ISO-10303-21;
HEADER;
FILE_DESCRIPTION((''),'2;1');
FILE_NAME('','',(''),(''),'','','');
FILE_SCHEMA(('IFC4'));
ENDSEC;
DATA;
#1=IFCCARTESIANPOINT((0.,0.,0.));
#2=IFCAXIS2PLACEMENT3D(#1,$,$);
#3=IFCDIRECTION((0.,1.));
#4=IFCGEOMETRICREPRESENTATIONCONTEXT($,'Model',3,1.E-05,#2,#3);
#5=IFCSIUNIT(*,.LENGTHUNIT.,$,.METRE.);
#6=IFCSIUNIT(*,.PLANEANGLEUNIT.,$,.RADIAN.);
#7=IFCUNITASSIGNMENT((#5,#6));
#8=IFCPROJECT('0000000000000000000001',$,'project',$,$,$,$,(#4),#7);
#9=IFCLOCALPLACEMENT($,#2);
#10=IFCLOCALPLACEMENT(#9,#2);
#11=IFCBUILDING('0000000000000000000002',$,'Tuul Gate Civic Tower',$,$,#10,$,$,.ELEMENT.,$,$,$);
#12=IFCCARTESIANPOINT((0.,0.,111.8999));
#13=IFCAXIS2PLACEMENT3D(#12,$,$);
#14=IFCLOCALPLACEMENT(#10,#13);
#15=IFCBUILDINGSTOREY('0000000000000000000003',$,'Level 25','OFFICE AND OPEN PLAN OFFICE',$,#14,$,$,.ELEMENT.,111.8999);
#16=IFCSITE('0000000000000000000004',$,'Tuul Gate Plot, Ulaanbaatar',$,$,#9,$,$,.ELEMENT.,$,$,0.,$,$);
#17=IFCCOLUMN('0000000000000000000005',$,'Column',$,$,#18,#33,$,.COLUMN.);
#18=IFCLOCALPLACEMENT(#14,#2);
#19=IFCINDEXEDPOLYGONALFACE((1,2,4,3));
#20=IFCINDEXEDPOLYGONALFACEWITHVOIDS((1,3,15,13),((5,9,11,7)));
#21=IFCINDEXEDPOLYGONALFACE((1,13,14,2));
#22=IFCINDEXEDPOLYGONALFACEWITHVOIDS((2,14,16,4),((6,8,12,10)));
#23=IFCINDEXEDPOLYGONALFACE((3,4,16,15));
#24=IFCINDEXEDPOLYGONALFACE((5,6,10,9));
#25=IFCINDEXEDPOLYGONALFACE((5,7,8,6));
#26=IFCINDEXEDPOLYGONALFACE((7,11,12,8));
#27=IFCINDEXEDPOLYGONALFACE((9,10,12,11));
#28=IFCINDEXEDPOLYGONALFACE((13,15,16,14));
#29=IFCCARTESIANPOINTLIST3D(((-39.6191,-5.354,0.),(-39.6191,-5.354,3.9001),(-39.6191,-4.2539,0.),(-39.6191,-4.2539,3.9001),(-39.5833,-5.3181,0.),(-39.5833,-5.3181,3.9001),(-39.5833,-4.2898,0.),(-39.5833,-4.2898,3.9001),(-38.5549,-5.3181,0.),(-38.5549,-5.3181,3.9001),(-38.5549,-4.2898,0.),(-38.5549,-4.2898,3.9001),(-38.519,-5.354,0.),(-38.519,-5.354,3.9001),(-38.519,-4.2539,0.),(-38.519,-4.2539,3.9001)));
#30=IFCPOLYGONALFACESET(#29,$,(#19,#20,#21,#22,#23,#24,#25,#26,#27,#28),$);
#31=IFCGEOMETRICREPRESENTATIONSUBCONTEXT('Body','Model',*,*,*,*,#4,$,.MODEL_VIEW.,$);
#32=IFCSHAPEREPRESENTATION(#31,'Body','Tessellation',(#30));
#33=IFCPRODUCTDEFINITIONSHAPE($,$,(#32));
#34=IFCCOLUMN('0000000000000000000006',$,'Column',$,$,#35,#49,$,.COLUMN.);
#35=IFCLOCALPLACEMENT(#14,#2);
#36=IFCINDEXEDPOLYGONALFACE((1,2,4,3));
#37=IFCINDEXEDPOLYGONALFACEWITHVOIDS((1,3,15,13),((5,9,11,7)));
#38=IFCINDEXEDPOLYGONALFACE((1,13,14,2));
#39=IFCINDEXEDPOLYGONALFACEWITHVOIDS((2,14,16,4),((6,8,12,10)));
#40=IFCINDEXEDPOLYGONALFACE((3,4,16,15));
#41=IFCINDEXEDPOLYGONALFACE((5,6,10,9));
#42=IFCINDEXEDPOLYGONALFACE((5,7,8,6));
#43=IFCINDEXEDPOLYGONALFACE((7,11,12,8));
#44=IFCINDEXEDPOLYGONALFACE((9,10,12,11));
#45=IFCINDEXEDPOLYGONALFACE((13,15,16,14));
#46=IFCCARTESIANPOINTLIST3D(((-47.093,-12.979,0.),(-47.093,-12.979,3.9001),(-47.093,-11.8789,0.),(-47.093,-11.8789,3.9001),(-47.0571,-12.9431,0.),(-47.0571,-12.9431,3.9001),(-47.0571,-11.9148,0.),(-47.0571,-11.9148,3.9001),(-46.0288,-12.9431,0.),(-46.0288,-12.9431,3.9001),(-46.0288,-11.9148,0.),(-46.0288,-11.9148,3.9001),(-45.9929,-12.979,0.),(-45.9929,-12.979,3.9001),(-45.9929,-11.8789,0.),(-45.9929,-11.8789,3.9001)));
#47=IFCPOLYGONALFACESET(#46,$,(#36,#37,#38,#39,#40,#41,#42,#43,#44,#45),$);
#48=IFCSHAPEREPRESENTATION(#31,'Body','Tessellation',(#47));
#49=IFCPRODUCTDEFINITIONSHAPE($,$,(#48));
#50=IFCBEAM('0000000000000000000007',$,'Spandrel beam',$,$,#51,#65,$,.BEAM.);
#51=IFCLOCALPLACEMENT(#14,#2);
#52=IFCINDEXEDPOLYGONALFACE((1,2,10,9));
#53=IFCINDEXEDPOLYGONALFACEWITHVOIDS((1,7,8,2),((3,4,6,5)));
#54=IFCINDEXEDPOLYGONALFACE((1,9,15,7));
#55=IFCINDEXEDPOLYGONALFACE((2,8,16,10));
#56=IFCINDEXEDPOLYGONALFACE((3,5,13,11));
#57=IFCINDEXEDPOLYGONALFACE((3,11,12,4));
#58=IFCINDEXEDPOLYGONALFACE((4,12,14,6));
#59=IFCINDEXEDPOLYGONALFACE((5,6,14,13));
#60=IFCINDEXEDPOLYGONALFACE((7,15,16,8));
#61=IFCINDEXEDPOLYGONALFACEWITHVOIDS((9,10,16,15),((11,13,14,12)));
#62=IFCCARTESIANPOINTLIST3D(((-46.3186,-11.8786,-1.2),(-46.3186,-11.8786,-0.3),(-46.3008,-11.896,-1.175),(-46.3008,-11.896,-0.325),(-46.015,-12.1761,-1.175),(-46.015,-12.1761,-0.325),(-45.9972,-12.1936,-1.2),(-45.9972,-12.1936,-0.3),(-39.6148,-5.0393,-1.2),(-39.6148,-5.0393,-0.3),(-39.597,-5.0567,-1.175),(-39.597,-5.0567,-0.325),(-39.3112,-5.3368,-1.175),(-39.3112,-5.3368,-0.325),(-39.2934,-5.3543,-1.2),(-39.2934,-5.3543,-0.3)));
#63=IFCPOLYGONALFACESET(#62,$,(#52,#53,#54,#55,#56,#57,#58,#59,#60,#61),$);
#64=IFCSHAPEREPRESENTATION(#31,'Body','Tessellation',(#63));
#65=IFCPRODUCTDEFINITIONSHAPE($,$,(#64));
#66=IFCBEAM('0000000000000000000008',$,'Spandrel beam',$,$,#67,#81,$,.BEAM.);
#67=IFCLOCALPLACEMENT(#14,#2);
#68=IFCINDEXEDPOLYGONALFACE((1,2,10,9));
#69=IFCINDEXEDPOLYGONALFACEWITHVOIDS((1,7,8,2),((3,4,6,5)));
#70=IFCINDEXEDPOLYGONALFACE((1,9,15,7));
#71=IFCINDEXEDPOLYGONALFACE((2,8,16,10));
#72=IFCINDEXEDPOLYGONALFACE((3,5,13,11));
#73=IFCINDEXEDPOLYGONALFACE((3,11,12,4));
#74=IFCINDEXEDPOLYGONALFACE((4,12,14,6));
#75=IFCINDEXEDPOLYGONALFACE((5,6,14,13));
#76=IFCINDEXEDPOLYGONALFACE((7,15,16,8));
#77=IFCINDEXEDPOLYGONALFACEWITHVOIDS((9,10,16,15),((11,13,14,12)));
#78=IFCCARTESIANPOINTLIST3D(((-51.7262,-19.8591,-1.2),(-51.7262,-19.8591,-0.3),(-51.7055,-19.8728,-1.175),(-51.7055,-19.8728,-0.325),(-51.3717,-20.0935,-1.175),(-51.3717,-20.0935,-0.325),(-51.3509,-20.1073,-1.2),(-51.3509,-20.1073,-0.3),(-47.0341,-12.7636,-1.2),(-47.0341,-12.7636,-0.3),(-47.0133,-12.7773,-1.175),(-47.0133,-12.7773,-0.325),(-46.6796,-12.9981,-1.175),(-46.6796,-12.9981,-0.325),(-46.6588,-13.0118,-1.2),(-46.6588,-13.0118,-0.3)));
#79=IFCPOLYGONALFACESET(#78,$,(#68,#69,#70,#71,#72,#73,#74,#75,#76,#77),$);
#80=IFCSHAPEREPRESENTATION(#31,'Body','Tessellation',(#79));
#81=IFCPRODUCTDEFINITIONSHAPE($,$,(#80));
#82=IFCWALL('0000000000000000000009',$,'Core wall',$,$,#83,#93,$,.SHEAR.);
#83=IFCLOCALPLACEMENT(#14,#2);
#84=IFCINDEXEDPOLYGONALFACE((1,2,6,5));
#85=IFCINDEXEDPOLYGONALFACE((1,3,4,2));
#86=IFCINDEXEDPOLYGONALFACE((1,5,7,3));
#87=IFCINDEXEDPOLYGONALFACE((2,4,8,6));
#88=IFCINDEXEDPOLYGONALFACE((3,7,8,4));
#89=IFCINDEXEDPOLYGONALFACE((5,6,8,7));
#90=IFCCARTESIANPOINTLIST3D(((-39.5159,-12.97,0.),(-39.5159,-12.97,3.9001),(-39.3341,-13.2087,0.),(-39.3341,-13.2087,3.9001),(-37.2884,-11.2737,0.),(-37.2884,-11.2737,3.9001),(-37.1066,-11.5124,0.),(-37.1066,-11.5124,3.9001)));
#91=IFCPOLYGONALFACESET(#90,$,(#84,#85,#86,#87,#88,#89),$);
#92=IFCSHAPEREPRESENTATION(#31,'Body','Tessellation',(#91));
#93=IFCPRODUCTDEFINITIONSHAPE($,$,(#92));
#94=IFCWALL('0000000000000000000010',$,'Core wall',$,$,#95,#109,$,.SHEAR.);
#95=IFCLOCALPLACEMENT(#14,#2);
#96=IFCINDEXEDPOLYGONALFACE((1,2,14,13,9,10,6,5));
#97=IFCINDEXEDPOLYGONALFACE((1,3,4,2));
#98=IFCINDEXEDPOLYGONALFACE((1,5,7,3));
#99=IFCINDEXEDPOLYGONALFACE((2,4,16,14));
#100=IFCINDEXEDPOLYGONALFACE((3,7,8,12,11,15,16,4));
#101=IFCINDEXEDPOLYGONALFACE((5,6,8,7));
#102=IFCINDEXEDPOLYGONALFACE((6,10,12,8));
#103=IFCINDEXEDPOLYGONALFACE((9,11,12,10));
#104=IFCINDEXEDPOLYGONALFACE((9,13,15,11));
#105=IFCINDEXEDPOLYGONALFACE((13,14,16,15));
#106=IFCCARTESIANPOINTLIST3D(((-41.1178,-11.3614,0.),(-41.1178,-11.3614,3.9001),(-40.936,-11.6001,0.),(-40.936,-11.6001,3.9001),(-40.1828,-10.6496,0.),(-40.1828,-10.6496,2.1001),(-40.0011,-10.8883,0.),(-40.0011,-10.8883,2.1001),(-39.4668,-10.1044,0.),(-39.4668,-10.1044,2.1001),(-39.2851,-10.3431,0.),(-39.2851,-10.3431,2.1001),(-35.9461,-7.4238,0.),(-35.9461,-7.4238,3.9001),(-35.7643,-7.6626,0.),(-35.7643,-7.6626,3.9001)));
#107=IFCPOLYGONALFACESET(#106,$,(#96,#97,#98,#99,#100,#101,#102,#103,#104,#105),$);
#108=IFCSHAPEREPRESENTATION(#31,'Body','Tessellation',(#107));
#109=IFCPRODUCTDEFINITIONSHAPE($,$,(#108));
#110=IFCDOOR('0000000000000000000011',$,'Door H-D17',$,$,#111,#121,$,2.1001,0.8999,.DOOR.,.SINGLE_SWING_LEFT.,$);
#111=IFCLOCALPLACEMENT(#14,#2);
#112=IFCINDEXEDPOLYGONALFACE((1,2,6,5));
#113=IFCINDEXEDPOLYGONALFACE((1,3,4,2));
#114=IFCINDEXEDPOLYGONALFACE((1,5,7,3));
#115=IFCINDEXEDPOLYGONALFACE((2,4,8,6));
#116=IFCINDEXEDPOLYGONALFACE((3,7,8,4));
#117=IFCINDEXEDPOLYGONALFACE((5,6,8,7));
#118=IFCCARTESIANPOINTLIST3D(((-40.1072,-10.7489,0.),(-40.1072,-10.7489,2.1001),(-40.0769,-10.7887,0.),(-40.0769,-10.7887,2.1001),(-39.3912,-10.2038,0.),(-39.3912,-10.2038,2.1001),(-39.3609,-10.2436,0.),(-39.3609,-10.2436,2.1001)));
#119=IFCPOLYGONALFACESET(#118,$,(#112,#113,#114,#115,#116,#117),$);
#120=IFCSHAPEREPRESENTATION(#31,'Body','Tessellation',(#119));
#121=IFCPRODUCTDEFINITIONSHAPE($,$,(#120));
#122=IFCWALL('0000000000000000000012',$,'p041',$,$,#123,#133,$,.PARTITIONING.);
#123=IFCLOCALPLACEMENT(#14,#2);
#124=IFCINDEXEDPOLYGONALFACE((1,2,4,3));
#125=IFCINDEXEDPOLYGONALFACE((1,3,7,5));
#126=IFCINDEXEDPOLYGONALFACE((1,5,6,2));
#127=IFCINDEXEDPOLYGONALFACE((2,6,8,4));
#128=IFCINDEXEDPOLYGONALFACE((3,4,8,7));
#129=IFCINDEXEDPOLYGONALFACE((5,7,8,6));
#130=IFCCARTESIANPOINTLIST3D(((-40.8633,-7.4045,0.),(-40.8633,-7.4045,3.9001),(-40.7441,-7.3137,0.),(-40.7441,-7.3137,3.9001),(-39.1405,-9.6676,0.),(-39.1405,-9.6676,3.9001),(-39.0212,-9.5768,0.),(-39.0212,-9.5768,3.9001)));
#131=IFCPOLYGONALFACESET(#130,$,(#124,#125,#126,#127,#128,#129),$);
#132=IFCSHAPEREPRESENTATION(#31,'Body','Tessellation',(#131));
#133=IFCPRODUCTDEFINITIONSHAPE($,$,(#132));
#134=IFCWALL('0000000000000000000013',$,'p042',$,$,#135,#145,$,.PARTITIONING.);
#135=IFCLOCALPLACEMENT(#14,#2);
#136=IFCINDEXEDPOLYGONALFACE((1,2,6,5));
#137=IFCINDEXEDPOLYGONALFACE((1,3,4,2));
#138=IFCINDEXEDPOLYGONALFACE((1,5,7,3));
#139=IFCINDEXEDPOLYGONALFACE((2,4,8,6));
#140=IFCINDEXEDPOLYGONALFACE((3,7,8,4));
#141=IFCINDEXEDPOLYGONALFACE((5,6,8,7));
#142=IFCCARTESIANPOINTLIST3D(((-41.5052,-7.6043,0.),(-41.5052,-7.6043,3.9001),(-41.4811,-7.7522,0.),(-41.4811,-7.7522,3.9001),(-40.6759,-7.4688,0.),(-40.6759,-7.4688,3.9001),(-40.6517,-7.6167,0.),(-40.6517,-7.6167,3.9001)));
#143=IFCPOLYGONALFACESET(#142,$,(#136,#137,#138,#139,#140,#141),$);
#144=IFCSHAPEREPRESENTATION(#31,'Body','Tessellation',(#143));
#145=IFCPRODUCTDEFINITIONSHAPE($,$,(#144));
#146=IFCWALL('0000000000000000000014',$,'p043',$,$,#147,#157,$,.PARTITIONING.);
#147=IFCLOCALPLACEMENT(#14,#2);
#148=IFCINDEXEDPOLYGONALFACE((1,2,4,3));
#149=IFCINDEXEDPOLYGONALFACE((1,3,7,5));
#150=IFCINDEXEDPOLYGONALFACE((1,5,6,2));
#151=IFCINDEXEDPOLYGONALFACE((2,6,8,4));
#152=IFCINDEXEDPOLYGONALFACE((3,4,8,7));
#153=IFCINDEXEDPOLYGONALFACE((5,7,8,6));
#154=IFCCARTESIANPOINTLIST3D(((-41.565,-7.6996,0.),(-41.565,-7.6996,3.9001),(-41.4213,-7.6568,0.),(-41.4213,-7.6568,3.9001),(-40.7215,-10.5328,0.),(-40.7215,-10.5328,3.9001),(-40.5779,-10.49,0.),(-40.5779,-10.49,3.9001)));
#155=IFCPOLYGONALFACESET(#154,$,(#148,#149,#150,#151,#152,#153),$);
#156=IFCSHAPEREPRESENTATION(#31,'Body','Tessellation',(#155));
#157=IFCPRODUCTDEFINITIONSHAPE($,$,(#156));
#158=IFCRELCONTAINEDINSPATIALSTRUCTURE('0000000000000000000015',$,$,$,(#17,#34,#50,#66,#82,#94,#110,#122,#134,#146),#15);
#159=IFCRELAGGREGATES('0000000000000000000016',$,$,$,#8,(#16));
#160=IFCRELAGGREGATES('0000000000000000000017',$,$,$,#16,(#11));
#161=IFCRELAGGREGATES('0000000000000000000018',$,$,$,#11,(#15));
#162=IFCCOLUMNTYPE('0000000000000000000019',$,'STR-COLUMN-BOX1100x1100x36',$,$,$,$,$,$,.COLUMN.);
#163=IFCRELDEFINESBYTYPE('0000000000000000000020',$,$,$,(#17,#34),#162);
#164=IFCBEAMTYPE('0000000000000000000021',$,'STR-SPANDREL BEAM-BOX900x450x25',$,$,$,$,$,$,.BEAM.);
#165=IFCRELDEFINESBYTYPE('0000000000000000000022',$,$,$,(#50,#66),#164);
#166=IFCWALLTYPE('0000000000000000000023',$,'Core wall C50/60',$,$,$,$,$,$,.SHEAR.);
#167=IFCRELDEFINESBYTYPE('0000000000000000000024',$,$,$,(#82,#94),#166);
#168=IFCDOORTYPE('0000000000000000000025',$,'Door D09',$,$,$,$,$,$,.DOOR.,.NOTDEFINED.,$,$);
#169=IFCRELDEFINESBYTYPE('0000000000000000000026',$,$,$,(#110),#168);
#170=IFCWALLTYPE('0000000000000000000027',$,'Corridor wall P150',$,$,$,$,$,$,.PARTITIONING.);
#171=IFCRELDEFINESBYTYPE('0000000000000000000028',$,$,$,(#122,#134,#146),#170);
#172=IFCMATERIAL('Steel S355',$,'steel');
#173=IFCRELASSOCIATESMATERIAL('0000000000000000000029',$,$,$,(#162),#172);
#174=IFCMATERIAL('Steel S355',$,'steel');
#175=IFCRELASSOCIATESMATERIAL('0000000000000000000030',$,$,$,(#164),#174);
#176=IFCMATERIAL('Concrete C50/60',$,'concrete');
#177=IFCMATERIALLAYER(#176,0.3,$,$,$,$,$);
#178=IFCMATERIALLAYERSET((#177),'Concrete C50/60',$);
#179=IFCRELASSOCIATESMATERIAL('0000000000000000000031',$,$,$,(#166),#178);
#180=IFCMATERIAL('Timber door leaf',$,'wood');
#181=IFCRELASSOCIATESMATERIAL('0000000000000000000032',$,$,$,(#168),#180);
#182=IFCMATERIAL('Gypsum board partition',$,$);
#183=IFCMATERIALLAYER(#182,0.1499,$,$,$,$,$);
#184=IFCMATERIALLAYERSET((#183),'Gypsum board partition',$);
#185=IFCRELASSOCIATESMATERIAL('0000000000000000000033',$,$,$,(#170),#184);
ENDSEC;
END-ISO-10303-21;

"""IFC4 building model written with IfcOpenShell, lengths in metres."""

from ifc_helpers import new_model, si_unit, direction, frame, frame_2d, origin, origin_2d, place, context, subcontext, project, spatial, rectangle, hollow_rectangle, extrude, material, layer, layer_set, material_profile, profile_set, type_object, element, fill, save


model = new_model("IFC4")

# Units and contexts
model_context = context("Model", 3, precision=1e-05, world=origin(), true_north=direction((0.0, 1.0)))
body_context = subcontext(model_context, "Body", "Model", "MODEL_VIEW")
ifc_project = project(units=[si_unit("LENGTHUNIT", "METRE"), si_unit("PLANEANGLEUNIT", "RADIAN")], contexts=[model_context])

# Site, building, storey
site_placement = place(None, origin())
site = spatial("IfcSite", under=ifc_project, at=site_placement, Name="Tuul Gate Plot, Ulaanbaatar", CompositionType="ELEMENT", RefElevation=0.0)
building_placement = place(site_placement, origin())
building = spatial("IfcBuilding", under=site, at=building_placement, Name="Tuul Gate Civic Tower", CompositionType="ELEMENT")
storey_placement = place(building_placement, frame((0.0, 0.0, 111.8999)))
storey = spatial("IfcBuildingStorey", under=building, at=storey_placement, Name="Level 25", Description="OFFICE AND OPEN PLAN OFFICE", CompositionType="ELEMENT", Elevation=111.8999)

# Columns
ifc_material_1 = material(Name="Steel S355", Category="steel")
ifc_material_profile_1 = material_profile(ifc_material_1, hollow_rectangle(XDim=1.1001, YDim=1.1001, WallThickness=0.0359, at=origin_2d()), Name="BOX1100x1100x36")
ifc_profile_set_1 = profile_set([ifc_material_profile_1], Name="Steel S355")
column_type = type_object("IfcColumnType", Name="STR-COLUMN-BOX1100x1100x36", PredefinedType="COLUMN", material=ifc_profile_set_1)
for number, where, z_axis, x_axis, name in (
    (1, (-39.0691, -4.804, 0.0), (0.0, 0.0, 1.0), (1.0, 0.0, 0.0), "Column"),
    (2, (-46.543, -12.429, 0.0), (0.0, 0.0, 1.0), (1.0, 0.0, 0.0), "Column"),
):
    element("IfcColumn", number, at=place(storey_placement, frame(where, z_axis=z_axis, x_axis=x_axis)), inside=storey, type_object=column_type, Name=name, PredefinedType="COLUMN", context=body_context, shape_type="SweptSolid", body=[
        extrude(hollow_rectangle(XDim=1.1001, YDim=1.1001, WallThickness=0.0359, at=origin_2d()), origin(), (0.0, 0.0, 1.0), 3.9001),
    ])

# Beams
ifc_material_2 = material(Name="Steel S355", Category="steel")
ifc_material_profile_2 = material_profile(ifc_material_2, hollow_rectangle(XDim=0.45, YDim=0.8999, WallThickness=0.0249, at=origin_2d()), Name="BOX900x450x25")
ifc_profile_set_2 = profile_set([ifc_material_profile_2], Name="Steel S355")
beam_type = type_object("IfcBeamType", Name="STR-SPANDREL BEAM-BOX900x450x25", PredefinedType="BEAM", material=ifc_profile_set_2)
beam_1_placement = place(storey_placement, frame((-39.4541, -5.1968, -0.75), z_axis=(-0.699997, -0.714146, 0.0), x_axis=(0.714146, -0.699997, 0.0)))
element("IfcBeam", 3, at=beam_1_placement, inside=storey, type_object=beam_type, Name="Spandrel beam", PredefinedType="BEAM", context=body_context, shape_type="SweptSolid", body=[
    extrude(hollow_rectangle(XDim=0.45, YDim=0.8999, WallThickness=0.0249, at=origin_2d()), origin(), (0.0, 0.0, 1.0), 9.5769),
])
beam_2_placement = place(storey_placement, frame((-46.8464, -12.8877, -0.75), z_axis=(-0.55159, -0.834115, 0.0), x_axis=(0.834115, -0.55159, 0.0)))
element("IfcBeam", 4, at=beam_2_placement, inside=storey, type_object=beam_type, Name="Spandrel beam", PredefinedType="BEAM", context=body_context, shape_type="SweptSolid", body=[
    extrude(hollow_rectangle(XDim=0.45, YDim=0.8999, WallThickness=0.0249, at=origin_2d()), origin(), (0.0, 0.0, 1.0), 8.5066),
])

# Wall
ifc_material_3 = material(Name="Concrete C50/60", Category="concrete")
ifc_layer_1 = layer(ifc_material_3, 0.3)
ifc_layer_set_1 = layer_set([ifc_layer_1], Name="Concrete C50/60")
wall_type_1 = type_object("IfcWallType", Name="Core wall C50/60", PredefinedType="SHEAR", material=ifc_layer_set_1)
wall_1_placement = place(storey_placement, frame((-37.1975, -11.3931, 0.0), z_axis=(0.0, 0.0, 1.0), x_axis=(-0.795584, -0.605844, 0.0)))
element("IfcWall", 5, at=wall_1_placement, inside=storey, type_object=wall_type_1, Name="Core wall", PredefinedType="SHEAR", context=body_context, shape_type="SweptSolid", body=[
    extrude(rectangle(XDim=2.7998, YDim=0.3, at=frame_2d((1.3999, 0.0))), origin(), (0.0, 0.0, 1.0), 3.9001),
])

# Wall, opening, door
wall_2_placement = place(storey_placement, frame((-35.8552, -7.5432, 0.0), z_axis=(0.0, 0.0, 1.0), x_axis=(-0.795639, -0.605772, 0.0)))
wall_2 = element("IfcWall", 6, at=wall_2_placement, inside=storey, type_object=wall_type_1, Name="Core wall", PredefinedType="SHEAR", context=body_context, shape_type="SweptSolid", body=[
    extrude(rectangle(XDim=6.5, YDim=0.3, at=frame_2d((3.25, 0.0))), origin(), (0.0, 0.0, 1.0), 3.9001),
])
opening_1_placement = place(wall_2_placement, frame((4.425, 0.0, 0.0)))
opening_1 = element("IfcOpeningElement", 7, at=opening_1_placement, cuts=wall_2, PredefinedType="OPENING", context=body_context, shape_type="SweptSolid", body=[
    extrude(rectangle(XDim=0.8999, YDim=2.1001, at=frame_2d((0.45, 1.05))), frame((0.0, 0.1602, 0.0), z_axis=(0.0, -1.0, 0.0), x_axis=(1.0, 0.0, 0.0)), (0.0, 0.0, 1.0), 0.3201),
])
ifc_material_4 = material(Name="Timber door leaf", Category="wood")
door_type_1 = type_object("IfcDoorType", Name="Door D09", OperationType="NOTDEFINED", PredefinedType="DOOR", material=ifc_material_4)
door_1_placement = place(opening_1_placement, origin())
door_1 = element("IfcDoor", 8, at=door_1_placement, inside=storey, type_object=door_type_1, Name="Door H-D17", OperationType="SINGLE_SWING_LEFT", OverallHeight=2.1001, OverallWidth=0.8999, PredefinedType="DOOR", context=body_context, shape_type="SweptSolid", body=[
    extrude(rectangle(XDim=0.8999, YDim=2.1001, at=frame_2d((0.45, 1.05))), frame((0.0, 0.0249, 0.0), z_axis=(0.0, -1.0, 0.0), x_axis=(1.0, 0.0, 0.0)), (0.0, 0.0, 1.0), 0.05),
])
fill(opening_1, door_1)

# Walls
ifc_material_5 = material(Name="Gypsum board partition")
ifc_layer_2 = layer(ifc_material_5, 0.1499)
ifc_layer_set_2 = layer_set([ifc_layer_2], Name="Gypsum board partition")
wall_type_2 = type_object("IfcWallType", Name="Corridor wall P150", PredefinedType="PARTITIONING", material=ifc_layer_set_2)
wall_3_placement = place(storey_placement, frame((-40.8037, -7.3591, 0.0), z_axis=(0.0, 0.0, 1.0), x_axis=(0.605725, -0.795674, 0.0)))
element("IfcWall", 9, at=wall_3_placement, inside=storey, type_object=wall_type_2, Name="p041", PredefinedType="PARTITIONING", context=body_context, shape_type="SweptSolid", body=[
    extrude(rectangle(XDim=2.8442, YDim=0.1499, at=frame_2d((1.4221, 0.0))), origin(), (0.0, 0.0, 1.0), 3.9001),
])
wall_4_placement = place(storey_placement, frame((-41.4932, -7.6782, 0.0), z_axis=(0.0, 0.0, 1.0), x_axis=(0.986915, 0.161242, 0.0)))
element("IfcWall", 10, at=wall_4_placement, inside=storey, type_object=wall_type_2, Name="p042", PredefinedType="PARTITIONING", context=body_context, shape_type="SweptSolid", body=[
    extrude(rectangle(XDim=0.8403, YDim=0.1499, at=frame_2d((0.4202, 0.0))), origin(), (0.0, 0.0, 1.0), 3.9001),
])
wall_5_placement = place(storey_placement, frame((-41.4932, -7.6782, 0.0), z_axis=(0.0, 0.0, 1.0), x_axis=(0.285339, -0.958427, 0.0)))
element("IfcWall", 11, at=wall_5_placement, inside=storey, type_object=wall_type_2, Name="p043", PredefinedType="PARTITIONING", context=body_context, shape_type="SweptSolid", body=[
    extrude(rectangle(XDim=2.9561, YDim=0.1499, at=frame_2d((1.478, 0.0))), origin(), (0.0, 0.0, 1.0), 3.9001),
])

save(model, "model.ifc")
